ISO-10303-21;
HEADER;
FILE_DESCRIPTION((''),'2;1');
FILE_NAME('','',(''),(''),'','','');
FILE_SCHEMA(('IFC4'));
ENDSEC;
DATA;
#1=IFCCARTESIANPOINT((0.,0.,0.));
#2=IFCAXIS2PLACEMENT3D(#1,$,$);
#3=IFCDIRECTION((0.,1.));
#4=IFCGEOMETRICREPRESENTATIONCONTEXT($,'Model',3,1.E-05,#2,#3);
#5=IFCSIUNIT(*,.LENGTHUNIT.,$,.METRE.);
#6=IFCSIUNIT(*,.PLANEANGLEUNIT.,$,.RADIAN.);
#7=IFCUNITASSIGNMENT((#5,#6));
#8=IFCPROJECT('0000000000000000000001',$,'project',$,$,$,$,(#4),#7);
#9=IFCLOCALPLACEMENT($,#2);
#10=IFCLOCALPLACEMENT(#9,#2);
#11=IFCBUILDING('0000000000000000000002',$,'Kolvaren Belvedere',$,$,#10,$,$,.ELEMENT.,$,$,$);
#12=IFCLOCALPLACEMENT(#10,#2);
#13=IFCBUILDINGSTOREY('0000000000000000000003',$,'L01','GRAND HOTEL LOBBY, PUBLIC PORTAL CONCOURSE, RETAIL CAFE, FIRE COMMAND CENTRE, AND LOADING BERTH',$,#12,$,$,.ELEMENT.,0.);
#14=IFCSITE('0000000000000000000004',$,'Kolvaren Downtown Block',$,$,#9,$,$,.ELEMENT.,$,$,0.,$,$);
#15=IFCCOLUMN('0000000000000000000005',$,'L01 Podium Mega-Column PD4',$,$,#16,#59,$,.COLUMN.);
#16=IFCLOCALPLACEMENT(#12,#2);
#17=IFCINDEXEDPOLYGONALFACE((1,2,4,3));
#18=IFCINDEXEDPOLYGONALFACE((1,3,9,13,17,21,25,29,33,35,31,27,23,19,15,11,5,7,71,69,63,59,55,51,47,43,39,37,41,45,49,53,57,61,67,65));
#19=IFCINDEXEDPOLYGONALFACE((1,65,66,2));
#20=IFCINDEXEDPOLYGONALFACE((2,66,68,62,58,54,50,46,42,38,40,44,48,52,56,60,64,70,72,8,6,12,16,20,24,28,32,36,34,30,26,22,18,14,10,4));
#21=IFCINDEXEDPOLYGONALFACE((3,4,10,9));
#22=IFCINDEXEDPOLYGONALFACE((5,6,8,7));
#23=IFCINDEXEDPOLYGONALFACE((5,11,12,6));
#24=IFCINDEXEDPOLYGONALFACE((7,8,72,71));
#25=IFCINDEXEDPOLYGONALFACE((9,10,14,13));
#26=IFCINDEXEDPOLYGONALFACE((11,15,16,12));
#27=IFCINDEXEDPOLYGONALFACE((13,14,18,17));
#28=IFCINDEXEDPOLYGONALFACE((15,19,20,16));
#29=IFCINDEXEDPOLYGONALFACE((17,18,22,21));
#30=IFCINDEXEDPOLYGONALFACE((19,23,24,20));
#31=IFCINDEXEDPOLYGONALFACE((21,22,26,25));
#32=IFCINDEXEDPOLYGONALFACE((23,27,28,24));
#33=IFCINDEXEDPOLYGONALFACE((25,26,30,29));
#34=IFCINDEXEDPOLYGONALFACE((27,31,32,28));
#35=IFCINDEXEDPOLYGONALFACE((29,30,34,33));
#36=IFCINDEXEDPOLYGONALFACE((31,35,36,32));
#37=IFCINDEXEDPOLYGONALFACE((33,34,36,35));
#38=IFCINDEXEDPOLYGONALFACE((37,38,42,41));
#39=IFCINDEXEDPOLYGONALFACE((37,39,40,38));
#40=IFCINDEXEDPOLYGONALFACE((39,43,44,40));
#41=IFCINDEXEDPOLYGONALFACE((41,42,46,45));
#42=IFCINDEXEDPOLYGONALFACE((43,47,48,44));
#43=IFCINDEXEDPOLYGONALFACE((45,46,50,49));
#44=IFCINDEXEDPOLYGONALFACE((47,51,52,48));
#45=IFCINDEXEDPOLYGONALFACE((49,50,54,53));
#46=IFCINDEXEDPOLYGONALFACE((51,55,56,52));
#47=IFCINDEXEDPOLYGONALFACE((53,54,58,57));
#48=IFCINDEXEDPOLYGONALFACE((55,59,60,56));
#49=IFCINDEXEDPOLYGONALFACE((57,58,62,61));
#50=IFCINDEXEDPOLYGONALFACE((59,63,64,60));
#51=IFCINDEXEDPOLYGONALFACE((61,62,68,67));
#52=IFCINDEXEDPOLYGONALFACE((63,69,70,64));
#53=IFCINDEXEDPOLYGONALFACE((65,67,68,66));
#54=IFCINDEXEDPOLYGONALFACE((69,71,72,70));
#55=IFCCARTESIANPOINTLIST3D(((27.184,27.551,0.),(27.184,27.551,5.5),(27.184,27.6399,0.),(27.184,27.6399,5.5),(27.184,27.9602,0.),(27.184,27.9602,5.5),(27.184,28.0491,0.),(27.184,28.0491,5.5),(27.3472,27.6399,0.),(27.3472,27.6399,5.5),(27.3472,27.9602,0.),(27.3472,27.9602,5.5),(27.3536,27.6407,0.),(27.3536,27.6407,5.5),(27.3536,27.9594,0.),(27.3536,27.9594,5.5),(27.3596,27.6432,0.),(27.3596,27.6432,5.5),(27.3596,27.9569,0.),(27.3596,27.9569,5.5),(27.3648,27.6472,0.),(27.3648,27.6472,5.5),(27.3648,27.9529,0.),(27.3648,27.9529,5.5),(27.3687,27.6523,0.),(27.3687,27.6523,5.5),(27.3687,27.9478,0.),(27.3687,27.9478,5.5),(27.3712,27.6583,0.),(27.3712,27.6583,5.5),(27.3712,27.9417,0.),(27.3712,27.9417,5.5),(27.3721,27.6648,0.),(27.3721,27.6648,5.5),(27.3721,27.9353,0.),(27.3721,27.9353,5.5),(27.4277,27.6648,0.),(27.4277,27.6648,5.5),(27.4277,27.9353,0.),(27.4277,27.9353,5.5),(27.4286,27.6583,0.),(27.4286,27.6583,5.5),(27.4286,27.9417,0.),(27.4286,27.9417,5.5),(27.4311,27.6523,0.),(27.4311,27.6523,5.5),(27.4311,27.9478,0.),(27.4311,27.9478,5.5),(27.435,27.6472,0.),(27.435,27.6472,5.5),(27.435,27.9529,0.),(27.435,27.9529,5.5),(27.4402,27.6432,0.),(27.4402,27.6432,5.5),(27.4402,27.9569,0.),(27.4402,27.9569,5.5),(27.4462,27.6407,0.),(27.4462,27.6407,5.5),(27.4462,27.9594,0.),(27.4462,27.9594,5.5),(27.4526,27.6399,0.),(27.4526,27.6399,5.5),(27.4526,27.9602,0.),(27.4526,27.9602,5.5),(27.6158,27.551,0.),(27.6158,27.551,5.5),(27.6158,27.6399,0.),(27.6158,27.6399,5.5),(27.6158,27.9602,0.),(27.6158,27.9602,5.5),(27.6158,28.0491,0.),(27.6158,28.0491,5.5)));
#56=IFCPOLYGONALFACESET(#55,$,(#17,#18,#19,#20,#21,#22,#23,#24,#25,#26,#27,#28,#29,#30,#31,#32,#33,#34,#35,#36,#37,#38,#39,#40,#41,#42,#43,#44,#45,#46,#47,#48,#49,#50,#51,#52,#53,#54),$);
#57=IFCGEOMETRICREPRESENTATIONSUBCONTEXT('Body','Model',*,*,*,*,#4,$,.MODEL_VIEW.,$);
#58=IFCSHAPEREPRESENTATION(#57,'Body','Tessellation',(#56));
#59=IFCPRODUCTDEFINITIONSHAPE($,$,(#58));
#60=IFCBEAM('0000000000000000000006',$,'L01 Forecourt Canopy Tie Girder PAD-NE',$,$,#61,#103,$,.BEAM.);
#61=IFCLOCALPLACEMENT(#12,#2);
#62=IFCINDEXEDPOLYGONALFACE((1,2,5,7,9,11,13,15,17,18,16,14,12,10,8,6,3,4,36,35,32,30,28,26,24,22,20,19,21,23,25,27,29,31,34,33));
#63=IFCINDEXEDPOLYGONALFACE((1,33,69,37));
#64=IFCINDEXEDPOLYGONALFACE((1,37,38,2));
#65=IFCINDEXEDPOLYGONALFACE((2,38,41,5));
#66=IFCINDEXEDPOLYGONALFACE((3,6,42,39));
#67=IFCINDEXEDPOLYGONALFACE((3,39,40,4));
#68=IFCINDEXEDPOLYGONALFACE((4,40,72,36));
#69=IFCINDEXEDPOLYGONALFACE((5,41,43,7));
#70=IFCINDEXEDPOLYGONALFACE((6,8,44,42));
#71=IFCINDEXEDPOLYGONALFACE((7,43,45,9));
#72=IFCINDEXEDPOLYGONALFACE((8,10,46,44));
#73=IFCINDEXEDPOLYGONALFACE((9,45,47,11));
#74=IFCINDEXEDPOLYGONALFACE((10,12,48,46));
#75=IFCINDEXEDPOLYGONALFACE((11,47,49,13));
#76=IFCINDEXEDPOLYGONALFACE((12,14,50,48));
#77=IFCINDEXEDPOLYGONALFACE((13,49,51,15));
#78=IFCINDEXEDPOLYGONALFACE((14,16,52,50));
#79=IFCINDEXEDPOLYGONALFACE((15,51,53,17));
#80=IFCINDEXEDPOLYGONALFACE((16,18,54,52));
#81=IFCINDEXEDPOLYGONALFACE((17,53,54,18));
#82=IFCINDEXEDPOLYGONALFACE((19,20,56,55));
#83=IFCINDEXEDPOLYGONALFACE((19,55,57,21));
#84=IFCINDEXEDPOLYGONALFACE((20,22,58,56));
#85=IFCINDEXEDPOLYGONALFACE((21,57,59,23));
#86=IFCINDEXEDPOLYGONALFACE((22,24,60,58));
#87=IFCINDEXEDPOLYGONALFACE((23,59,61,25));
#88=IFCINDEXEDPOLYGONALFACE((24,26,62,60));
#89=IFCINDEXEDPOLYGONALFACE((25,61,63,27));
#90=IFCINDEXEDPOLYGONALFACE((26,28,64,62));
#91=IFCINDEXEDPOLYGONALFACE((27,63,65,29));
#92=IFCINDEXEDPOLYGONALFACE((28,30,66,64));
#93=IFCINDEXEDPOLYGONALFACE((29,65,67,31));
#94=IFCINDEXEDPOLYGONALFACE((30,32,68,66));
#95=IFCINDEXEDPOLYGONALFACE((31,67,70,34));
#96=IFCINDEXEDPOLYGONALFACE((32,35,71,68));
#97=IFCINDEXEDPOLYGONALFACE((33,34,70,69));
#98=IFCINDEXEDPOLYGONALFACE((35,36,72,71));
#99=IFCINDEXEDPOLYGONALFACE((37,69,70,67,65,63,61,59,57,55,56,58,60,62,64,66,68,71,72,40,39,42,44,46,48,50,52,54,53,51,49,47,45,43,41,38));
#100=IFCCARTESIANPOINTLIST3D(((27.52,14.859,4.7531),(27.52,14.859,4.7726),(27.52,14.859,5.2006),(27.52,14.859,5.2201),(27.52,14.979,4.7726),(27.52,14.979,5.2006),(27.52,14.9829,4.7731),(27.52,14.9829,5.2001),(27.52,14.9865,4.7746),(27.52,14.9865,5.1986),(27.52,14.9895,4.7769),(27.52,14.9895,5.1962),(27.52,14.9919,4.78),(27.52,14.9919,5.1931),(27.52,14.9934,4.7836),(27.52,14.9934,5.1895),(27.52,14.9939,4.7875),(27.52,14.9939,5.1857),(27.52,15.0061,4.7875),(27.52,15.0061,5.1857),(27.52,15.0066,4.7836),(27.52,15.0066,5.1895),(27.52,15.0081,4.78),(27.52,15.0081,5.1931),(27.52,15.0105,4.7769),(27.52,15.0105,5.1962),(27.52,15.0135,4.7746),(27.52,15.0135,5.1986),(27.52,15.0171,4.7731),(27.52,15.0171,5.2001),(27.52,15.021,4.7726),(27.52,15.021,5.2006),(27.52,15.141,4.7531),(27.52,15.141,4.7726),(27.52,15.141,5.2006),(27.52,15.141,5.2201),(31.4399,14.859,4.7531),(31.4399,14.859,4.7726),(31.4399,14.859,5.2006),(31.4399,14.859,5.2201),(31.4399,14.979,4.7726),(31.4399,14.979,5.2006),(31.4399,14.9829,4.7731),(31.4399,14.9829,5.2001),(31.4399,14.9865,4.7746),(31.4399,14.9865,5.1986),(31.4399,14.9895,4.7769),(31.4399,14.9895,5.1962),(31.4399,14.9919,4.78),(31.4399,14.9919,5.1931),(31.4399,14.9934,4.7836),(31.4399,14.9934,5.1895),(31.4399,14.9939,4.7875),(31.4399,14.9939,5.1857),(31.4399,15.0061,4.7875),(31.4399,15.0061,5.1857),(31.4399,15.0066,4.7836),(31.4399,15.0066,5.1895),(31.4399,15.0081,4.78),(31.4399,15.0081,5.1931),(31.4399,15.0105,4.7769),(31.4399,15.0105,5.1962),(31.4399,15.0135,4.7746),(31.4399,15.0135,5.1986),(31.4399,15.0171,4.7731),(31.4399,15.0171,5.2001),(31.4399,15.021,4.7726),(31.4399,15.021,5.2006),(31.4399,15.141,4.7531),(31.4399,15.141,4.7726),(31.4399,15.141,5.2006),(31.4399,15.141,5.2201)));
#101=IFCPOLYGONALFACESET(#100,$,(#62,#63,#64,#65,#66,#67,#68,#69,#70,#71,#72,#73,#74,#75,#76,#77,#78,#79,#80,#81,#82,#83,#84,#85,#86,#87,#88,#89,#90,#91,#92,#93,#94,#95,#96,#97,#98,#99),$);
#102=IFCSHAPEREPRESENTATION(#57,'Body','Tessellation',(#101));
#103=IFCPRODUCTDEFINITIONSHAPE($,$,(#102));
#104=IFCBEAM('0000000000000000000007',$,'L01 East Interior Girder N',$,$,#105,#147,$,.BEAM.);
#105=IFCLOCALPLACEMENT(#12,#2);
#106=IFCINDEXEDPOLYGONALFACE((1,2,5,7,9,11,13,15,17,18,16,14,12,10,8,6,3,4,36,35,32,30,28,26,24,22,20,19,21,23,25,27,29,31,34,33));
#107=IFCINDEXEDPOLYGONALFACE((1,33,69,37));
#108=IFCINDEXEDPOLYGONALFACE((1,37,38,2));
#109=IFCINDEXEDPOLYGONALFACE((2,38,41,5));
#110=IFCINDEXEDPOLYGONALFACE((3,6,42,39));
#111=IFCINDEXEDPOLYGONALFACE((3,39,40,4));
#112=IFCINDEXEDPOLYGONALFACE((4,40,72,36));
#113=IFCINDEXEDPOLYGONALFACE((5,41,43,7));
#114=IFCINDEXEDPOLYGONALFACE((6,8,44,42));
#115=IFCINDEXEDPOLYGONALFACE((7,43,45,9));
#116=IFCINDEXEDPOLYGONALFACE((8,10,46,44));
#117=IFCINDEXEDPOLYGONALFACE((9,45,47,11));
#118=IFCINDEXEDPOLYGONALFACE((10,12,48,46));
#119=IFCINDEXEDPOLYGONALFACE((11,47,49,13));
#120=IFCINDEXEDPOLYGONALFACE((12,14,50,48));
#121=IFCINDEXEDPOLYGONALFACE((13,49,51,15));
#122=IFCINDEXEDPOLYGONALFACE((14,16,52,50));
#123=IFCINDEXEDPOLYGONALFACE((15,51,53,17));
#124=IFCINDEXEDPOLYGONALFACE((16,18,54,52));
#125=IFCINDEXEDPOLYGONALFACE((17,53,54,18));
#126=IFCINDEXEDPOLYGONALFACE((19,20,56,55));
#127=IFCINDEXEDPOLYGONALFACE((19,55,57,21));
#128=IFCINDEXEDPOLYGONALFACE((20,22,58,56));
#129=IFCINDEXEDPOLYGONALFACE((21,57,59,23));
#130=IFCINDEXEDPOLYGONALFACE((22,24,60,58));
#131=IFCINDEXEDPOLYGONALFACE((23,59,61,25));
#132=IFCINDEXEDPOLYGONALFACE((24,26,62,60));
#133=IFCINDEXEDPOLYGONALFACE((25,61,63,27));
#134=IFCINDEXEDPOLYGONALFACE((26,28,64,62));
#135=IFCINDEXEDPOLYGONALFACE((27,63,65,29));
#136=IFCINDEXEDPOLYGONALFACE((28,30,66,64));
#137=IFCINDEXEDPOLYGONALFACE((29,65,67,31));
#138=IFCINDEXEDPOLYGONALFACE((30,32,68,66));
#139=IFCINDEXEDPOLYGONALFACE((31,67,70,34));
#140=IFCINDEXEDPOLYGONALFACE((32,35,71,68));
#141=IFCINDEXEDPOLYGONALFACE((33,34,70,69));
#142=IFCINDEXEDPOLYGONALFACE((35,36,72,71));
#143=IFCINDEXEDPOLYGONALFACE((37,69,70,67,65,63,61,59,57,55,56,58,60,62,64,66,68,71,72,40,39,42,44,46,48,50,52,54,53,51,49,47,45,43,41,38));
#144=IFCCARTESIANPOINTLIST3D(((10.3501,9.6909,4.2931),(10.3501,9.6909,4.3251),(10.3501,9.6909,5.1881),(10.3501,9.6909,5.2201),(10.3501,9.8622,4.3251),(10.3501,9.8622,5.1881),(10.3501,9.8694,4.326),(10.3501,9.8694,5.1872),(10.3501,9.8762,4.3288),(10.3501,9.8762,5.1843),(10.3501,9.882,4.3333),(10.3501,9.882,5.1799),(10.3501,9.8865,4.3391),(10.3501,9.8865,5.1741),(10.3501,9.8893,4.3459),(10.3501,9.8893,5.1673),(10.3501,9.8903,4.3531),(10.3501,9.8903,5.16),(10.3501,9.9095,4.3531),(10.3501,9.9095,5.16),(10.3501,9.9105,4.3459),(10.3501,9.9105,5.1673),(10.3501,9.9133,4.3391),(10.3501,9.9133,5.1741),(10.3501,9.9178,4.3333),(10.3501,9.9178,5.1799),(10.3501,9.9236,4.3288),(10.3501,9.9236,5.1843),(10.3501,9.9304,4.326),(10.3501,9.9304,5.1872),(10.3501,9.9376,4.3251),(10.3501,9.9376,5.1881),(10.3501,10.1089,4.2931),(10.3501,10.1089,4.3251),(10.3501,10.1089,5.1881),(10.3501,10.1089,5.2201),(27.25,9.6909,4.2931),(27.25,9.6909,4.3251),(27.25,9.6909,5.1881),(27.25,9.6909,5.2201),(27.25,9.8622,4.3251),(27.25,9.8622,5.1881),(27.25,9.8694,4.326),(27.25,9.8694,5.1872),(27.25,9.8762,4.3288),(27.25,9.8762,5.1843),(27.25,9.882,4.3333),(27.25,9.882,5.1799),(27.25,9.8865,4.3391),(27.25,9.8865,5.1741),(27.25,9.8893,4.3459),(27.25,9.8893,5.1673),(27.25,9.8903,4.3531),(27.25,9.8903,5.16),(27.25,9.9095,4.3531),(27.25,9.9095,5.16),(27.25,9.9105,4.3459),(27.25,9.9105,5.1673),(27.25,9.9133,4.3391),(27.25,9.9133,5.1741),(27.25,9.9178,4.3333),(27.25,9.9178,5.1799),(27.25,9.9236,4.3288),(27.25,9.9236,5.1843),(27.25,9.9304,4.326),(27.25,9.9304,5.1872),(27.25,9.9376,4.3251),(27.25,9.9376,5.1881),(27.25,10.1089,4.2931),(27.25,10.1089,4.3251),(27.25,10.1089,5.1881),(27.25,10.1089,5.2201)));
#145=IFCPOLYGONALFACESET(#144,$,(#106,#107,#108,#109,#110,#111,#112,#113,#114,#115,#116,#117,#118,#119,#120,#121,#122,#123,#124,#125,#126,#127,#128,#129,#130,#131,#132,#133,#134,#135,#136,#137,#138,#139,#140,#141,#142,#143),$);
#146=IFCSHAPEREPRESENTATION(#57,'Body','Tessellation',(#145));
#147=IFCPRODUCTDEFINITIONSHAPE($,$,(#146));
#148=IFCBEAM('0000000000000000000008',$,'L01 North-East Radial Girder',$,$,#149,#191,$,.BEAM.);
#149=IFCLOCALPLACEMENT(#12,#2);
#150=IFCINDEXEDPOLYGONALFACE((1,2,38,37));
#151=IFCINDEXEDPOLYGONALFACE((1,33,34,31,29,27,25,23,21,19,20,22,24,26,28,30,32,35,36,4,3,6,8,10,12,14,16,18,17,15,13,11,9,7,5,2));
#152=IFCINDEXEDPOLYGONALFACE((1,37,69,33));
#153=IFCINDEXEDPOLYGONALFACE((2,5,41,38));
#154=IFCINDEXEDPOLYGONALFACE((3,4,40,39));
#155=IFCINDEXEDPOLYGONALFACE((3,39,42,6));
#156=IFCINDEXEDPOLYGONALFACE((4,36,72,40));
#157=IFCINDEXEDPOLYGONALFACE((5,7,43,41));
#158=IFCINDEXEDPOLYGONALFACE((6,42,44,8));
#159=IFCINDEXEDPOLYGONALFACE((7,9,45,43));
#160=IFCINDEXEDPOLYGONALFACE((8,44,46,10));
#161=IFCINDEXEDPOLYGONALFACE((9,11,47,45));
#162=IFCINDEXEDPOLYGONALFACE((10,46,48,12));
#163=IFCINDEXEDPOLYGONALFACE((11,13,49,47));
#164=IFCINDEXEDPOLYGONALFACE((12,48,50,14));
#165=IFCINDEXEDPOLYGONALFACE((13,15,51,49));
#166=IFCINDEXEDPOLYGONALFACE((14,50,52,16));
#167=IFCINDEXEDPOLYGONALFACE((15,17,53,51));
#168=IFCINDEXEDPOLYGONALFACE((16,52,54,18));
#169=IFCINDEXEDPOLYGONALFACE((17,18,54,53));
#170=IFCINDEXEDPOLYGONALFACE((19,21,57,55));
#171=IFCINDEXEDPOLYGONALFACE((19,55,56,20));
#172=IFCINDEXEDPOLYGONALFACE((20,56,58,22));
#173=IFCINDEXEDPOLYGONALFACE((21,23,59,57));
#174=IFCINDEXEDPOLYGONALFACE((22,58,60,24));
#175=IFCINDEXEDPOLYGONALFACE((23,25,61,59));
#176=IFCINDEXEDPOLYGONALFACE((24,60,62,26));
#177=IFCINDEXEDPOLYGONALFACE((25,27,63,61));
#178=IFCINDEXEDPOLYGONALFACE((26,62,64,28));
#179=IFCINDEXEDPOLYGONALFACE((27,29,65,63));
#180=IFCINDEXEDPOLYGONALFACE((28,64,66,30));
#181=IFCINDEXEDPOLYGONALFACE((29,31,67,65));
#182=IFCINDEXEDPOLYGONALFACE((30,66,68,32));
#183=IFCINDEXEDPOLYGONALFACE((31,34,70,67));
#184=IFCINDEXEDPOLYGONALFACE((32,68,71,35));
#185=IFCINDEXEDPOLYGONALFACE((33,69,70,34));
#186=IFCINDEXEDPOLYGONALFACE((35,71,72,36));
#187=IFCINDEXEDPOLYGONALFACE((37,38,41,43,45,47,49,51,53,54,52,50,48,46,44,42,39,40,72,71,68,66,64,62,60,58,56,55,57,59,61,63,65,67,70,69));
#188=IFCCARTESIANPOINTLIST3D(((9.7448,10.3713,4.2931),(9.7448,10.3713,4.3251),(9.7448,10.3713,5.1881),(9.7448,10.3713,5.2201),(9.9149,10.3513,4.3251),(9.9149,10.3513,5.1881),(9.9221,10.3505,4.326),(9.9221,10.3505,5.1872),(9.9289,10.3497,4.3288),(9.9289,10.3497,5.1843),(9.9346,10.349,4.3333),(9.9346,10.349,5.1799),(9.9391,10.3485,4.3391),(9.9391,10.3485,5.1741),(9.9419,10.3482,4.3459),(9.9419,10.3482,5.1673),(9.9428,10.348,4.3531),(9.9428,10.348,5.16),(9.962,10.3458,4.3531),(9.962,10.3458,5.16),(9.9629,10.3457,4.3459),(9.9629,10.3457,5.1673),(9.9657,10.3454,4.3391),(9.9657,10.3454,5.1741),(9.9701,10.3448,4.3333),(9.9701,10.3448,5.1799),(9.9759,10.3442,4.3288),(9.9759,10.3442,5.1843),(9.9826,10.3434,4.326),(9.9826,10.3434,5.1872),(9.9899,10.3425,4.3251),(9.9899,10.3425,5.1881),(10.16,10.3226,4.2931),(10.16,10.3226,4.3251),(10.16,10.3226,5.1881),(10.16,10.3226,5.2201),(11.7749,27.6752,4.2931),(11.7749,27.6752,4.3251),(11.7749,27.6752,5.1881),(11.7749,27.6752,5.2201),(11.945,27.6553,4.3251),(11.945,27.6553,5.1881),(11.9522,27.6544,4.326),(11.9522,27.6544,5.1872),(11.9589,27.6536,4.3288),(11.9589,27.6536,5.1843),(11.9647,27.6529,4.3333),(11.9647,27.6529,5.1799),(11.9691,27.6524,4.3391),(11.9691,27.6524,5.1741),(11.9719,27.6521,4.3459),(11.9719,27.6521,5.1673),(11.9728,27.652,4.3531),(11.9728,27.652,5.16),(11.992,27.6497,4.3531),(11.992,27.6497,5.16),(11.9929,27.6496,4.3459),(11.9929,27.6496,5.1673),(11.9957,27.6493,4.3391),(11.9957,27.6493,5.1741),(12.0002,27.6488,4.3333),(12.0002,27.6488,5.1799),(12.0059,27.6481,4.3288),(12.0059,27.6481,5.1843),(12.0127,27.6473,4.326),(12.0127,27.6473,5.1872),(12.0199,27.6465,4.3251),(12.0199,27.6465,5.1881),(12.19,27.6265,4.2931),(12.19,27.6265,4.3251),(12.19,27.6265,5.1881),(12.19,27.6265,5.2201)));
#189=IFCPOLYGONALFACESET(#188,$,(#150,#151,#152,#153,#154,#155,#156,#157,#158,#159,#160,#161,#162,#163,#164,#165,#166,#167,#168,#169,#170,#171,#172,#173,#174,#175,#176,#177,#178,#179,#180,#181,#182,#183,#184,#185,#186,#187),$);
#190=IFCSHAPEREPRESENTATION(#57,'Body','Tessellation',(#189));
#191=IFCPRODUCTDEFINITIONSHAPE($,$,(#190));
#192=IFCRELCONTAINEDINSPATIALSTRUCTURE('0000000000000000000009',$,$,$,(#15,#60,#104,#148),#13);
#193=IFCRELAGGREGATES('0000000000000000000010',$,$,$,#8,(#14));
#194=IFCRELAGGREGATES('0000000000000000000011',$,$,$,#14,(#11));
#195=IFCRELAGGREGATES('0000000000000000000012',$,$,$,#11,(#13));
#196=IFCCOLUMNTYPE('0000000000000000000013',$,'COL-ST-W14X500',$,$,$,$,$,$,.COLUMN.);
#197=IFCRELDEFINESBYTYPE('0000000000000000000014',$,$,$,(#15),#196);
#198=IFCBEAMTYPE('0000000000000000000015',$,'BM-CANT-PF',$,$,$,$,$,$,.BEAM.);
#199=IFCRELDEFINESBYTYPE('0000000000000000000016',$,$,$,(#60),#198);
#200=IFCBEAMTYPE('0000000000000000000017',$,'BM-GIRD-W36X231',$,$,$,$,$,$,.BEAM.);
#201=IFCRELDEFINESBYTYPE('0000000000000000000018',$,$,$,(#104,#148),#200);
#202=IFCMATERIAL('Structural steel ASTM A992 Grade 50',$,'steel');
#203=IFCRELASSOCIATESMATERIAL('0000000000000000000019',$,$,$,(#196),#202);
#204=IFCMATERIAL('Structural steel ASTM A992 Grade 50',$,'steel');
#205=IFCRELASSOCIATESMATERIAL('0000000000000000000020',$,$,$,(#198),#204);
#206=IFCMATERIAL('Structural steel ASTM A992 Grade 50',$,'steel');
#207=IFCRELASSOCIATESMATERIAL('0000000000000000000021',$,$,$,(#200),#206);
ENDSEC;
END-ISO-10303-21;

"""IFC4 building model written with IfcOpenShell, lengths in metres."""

from ifc_helpers import new_model, si_unit, direction, frame, origin, origin_2d, place, context, subcontext, project, spatial, i_section, extrude, material, material_profile, profile_set, type_object, element, save


model = new_model("IFC4")

# Units and contexts
model_context = context("Model", 3, precision=1e-05, world=origin(), true_north=direction((0.0, 1.0)))
body_context = subcontext(model_context, "Body", "Model", "MODEL_VIEW")
ifc_project = project(units=[si_unit("LENGTHUNIT", "METRE"), si_unit("PLANEANGLEUNIT", "RADIAN")], contexts=[model_context])

# Site, building, storey
site_placement = place(None, origin())
site = spatial("IfcSite", under=ifc_project, at=site_placement, Name="Kolvaren Downtown Block", CompositionType="ELEMENT", RefElevation=0.0)
building_placement = place(site_placement, origin())
building = spatial("IfcBuilding", under=site, at=building_placement, Name="Kolvaren Belvedere", CompositionType="ELEMENT")
storey_placement = place(building_placement, origin())
storey = spatial("IfcBuildingStorey", under=building, at=storey_placement, Name="L01", Description="GRAND HOTEL LOBBY, PUBLIC PORTAL CONCOURSE, RETAIL CAFE, FIRE COMMAND CENTRE, AND LOADING BERTH", CompositionType="ELEMENT", Elevation=0.0)

# Column
ifc_material_1 = material(Name="Structural steel ASTM A992 Grade 50", Category="steel")
ifc_material_profile_1 = material_profile(ifc_material_1, i_section(OverallWidth=0.4319, OverallDepth=0.498, WebThickness=0.0557, FlangeThickness=0.0889, FilletRadius=0.0249, at=origin_2d()), Name="W14X500")
ifc_profile_set_1 = profile_set([ifc_material_profile_1], Name="Structural steel ASTM A992 Grade 50")
column_type_1 = type_object("IfcColumnType", Name="COL-ST-W14X500", PredefinedType="COLUMN", material=ifc_profile_set_1)
for number, where, z_axis, x_axis, name in (
    (1, (27.3999, 27.8, 0.0), (0.0, 0.0, 1.0), (1.0, 0.0, 0.0), "L01 Podium Mega-Column PD4"),
):
    element("IfcColumn", number, at=place(storey_placement, frame(where, z_axis=z_axis, x_axis=x_axis)), inside=storey, type_object=column_type_1, Name=name, PredefinedType="COLUMN", context=body_context, shape_type="SweptSolid", body=[
        extrude(i_section(OverallWidth=0.4319, OverallDepth=0.498, WebThickness=0.0557, FlangeThickness=0.0889, FilletRadius=0.0249, at=origin_2d()), origin(), (0.0, 0.0, 1.0), 5.5),
    ])

# Beams
ifc_material_2 = material(Name="Structural steel ASTM A992 Grade 50", Category="steel")
ifc_material_profile_2 = material_profile(ifc_material_2, i_section(OverallWidth=0.282, OverallDepth=0.467, WebThickness=0.0122, FlangeThickness=0.0195, FilletRadius=0.0149, at=origin_2d()), Name="W18X86")
ifc_profile_set_2 = profile_set([ifc_material_profile_2], Name="Structural steel ASTM A992 Grade 50")
beam_type_1 = type_object("IfcBeamType", Name="BM-CANT-PF", PredefinedType="BEAM", material=ifc_profile_set_2)
beam_1_placement = place(storey_placement, frame((31.4399, 15.0, 4.9866), z_axis=(-1.0, 0.0, 0.0), x_axis=(0.0, -1.0, 0.0)))
element("IfcBeam", 2, at=beam_1_placement, inside=storey, type_object=beam_type_1, Name="L01 Forecourt Canopy Tie Girder PAD-NE", PredefinedType="BEAM", context=body_context, shape_type="SweptSolid", body=[
    extrude(i_section(OverallWidth=0.282, OverallDepth=0.467, WebThickness=0.0122, FlangeThickness=0.0195, FilletRadius=0.0149, at=origin_2d()), origin(), (0.0, 0.0, 1.0), 3.9199),
])
ifc_material_3 = material(Name="Structural steel ASTM A992 Grade 50", Category="steel")
ifc_material_profile_3 = material_profile(ifc_material_3, i_section(OverallWidth=0.418, OverallDepth=0.927, WebThickness=0.0193, FlangeThickness=0.032, FilletRadius=0.0281, at=origin_2d()), Name="W36X231")
ifc_profile_set_3 = profile_set([ifc_material_profile_3], Name="Structural steel ASTM A992 Grade 50")
beam_type_2 = type_object("IfcBeamType", Name="BM-GIRD-W36X231", PredefinedType="BEAM", material=ifc_profile_set_3)
beam_2_placement = place(storey_placement, frame((10.3501, 9.8999, 4.7566), z_axis=(1.0, 0.0, 0.0), x_axis=(0.0, 1.0, 0.0)))
element("IfcBeam", 3, at=beam_2_placement, inside=storey, type_object=beam_type_2, Name="L01 East Interior Girder N", PredefinedType="BEAM", context=body_context, shape_type="SweptSolid", body=[
    extrude(i_section(OverallWidth=0.418, OverallDepth=0.927, WebThickness=0.0193, FlangeThickness=0.032, FilletRadius=0.0281, at=origin_2d()), origin(), (0.0, 0.0, 1.0), 16.8999),
])
beam_3_placement = place(storey_placement, frame((9.9524, 10.3469, 4.7566), z_axis=(0.116517, 0.993189, 0.0), x_axis=(-0.993189, 0.116517, 0.0)))
element("IfcBeam", 4, at=beam_3_placement, inside=storey, type_object=beam_type_2, Name="L01 North-East Radial Girder", PredefinedType="BEAM", context=body_context, shape_type="SweptSolid", body=[
    extrude(i_section(OverallWidth=0.418, OverallDepth=0.927, WebThickness=0.0193, FlangeThickness=0.032, FilletRadius=0.0281, at=origin_2d()), origin(), (0.0, 0.0, 1.0), 17.4226),
])

save(model, "model.ifc")
